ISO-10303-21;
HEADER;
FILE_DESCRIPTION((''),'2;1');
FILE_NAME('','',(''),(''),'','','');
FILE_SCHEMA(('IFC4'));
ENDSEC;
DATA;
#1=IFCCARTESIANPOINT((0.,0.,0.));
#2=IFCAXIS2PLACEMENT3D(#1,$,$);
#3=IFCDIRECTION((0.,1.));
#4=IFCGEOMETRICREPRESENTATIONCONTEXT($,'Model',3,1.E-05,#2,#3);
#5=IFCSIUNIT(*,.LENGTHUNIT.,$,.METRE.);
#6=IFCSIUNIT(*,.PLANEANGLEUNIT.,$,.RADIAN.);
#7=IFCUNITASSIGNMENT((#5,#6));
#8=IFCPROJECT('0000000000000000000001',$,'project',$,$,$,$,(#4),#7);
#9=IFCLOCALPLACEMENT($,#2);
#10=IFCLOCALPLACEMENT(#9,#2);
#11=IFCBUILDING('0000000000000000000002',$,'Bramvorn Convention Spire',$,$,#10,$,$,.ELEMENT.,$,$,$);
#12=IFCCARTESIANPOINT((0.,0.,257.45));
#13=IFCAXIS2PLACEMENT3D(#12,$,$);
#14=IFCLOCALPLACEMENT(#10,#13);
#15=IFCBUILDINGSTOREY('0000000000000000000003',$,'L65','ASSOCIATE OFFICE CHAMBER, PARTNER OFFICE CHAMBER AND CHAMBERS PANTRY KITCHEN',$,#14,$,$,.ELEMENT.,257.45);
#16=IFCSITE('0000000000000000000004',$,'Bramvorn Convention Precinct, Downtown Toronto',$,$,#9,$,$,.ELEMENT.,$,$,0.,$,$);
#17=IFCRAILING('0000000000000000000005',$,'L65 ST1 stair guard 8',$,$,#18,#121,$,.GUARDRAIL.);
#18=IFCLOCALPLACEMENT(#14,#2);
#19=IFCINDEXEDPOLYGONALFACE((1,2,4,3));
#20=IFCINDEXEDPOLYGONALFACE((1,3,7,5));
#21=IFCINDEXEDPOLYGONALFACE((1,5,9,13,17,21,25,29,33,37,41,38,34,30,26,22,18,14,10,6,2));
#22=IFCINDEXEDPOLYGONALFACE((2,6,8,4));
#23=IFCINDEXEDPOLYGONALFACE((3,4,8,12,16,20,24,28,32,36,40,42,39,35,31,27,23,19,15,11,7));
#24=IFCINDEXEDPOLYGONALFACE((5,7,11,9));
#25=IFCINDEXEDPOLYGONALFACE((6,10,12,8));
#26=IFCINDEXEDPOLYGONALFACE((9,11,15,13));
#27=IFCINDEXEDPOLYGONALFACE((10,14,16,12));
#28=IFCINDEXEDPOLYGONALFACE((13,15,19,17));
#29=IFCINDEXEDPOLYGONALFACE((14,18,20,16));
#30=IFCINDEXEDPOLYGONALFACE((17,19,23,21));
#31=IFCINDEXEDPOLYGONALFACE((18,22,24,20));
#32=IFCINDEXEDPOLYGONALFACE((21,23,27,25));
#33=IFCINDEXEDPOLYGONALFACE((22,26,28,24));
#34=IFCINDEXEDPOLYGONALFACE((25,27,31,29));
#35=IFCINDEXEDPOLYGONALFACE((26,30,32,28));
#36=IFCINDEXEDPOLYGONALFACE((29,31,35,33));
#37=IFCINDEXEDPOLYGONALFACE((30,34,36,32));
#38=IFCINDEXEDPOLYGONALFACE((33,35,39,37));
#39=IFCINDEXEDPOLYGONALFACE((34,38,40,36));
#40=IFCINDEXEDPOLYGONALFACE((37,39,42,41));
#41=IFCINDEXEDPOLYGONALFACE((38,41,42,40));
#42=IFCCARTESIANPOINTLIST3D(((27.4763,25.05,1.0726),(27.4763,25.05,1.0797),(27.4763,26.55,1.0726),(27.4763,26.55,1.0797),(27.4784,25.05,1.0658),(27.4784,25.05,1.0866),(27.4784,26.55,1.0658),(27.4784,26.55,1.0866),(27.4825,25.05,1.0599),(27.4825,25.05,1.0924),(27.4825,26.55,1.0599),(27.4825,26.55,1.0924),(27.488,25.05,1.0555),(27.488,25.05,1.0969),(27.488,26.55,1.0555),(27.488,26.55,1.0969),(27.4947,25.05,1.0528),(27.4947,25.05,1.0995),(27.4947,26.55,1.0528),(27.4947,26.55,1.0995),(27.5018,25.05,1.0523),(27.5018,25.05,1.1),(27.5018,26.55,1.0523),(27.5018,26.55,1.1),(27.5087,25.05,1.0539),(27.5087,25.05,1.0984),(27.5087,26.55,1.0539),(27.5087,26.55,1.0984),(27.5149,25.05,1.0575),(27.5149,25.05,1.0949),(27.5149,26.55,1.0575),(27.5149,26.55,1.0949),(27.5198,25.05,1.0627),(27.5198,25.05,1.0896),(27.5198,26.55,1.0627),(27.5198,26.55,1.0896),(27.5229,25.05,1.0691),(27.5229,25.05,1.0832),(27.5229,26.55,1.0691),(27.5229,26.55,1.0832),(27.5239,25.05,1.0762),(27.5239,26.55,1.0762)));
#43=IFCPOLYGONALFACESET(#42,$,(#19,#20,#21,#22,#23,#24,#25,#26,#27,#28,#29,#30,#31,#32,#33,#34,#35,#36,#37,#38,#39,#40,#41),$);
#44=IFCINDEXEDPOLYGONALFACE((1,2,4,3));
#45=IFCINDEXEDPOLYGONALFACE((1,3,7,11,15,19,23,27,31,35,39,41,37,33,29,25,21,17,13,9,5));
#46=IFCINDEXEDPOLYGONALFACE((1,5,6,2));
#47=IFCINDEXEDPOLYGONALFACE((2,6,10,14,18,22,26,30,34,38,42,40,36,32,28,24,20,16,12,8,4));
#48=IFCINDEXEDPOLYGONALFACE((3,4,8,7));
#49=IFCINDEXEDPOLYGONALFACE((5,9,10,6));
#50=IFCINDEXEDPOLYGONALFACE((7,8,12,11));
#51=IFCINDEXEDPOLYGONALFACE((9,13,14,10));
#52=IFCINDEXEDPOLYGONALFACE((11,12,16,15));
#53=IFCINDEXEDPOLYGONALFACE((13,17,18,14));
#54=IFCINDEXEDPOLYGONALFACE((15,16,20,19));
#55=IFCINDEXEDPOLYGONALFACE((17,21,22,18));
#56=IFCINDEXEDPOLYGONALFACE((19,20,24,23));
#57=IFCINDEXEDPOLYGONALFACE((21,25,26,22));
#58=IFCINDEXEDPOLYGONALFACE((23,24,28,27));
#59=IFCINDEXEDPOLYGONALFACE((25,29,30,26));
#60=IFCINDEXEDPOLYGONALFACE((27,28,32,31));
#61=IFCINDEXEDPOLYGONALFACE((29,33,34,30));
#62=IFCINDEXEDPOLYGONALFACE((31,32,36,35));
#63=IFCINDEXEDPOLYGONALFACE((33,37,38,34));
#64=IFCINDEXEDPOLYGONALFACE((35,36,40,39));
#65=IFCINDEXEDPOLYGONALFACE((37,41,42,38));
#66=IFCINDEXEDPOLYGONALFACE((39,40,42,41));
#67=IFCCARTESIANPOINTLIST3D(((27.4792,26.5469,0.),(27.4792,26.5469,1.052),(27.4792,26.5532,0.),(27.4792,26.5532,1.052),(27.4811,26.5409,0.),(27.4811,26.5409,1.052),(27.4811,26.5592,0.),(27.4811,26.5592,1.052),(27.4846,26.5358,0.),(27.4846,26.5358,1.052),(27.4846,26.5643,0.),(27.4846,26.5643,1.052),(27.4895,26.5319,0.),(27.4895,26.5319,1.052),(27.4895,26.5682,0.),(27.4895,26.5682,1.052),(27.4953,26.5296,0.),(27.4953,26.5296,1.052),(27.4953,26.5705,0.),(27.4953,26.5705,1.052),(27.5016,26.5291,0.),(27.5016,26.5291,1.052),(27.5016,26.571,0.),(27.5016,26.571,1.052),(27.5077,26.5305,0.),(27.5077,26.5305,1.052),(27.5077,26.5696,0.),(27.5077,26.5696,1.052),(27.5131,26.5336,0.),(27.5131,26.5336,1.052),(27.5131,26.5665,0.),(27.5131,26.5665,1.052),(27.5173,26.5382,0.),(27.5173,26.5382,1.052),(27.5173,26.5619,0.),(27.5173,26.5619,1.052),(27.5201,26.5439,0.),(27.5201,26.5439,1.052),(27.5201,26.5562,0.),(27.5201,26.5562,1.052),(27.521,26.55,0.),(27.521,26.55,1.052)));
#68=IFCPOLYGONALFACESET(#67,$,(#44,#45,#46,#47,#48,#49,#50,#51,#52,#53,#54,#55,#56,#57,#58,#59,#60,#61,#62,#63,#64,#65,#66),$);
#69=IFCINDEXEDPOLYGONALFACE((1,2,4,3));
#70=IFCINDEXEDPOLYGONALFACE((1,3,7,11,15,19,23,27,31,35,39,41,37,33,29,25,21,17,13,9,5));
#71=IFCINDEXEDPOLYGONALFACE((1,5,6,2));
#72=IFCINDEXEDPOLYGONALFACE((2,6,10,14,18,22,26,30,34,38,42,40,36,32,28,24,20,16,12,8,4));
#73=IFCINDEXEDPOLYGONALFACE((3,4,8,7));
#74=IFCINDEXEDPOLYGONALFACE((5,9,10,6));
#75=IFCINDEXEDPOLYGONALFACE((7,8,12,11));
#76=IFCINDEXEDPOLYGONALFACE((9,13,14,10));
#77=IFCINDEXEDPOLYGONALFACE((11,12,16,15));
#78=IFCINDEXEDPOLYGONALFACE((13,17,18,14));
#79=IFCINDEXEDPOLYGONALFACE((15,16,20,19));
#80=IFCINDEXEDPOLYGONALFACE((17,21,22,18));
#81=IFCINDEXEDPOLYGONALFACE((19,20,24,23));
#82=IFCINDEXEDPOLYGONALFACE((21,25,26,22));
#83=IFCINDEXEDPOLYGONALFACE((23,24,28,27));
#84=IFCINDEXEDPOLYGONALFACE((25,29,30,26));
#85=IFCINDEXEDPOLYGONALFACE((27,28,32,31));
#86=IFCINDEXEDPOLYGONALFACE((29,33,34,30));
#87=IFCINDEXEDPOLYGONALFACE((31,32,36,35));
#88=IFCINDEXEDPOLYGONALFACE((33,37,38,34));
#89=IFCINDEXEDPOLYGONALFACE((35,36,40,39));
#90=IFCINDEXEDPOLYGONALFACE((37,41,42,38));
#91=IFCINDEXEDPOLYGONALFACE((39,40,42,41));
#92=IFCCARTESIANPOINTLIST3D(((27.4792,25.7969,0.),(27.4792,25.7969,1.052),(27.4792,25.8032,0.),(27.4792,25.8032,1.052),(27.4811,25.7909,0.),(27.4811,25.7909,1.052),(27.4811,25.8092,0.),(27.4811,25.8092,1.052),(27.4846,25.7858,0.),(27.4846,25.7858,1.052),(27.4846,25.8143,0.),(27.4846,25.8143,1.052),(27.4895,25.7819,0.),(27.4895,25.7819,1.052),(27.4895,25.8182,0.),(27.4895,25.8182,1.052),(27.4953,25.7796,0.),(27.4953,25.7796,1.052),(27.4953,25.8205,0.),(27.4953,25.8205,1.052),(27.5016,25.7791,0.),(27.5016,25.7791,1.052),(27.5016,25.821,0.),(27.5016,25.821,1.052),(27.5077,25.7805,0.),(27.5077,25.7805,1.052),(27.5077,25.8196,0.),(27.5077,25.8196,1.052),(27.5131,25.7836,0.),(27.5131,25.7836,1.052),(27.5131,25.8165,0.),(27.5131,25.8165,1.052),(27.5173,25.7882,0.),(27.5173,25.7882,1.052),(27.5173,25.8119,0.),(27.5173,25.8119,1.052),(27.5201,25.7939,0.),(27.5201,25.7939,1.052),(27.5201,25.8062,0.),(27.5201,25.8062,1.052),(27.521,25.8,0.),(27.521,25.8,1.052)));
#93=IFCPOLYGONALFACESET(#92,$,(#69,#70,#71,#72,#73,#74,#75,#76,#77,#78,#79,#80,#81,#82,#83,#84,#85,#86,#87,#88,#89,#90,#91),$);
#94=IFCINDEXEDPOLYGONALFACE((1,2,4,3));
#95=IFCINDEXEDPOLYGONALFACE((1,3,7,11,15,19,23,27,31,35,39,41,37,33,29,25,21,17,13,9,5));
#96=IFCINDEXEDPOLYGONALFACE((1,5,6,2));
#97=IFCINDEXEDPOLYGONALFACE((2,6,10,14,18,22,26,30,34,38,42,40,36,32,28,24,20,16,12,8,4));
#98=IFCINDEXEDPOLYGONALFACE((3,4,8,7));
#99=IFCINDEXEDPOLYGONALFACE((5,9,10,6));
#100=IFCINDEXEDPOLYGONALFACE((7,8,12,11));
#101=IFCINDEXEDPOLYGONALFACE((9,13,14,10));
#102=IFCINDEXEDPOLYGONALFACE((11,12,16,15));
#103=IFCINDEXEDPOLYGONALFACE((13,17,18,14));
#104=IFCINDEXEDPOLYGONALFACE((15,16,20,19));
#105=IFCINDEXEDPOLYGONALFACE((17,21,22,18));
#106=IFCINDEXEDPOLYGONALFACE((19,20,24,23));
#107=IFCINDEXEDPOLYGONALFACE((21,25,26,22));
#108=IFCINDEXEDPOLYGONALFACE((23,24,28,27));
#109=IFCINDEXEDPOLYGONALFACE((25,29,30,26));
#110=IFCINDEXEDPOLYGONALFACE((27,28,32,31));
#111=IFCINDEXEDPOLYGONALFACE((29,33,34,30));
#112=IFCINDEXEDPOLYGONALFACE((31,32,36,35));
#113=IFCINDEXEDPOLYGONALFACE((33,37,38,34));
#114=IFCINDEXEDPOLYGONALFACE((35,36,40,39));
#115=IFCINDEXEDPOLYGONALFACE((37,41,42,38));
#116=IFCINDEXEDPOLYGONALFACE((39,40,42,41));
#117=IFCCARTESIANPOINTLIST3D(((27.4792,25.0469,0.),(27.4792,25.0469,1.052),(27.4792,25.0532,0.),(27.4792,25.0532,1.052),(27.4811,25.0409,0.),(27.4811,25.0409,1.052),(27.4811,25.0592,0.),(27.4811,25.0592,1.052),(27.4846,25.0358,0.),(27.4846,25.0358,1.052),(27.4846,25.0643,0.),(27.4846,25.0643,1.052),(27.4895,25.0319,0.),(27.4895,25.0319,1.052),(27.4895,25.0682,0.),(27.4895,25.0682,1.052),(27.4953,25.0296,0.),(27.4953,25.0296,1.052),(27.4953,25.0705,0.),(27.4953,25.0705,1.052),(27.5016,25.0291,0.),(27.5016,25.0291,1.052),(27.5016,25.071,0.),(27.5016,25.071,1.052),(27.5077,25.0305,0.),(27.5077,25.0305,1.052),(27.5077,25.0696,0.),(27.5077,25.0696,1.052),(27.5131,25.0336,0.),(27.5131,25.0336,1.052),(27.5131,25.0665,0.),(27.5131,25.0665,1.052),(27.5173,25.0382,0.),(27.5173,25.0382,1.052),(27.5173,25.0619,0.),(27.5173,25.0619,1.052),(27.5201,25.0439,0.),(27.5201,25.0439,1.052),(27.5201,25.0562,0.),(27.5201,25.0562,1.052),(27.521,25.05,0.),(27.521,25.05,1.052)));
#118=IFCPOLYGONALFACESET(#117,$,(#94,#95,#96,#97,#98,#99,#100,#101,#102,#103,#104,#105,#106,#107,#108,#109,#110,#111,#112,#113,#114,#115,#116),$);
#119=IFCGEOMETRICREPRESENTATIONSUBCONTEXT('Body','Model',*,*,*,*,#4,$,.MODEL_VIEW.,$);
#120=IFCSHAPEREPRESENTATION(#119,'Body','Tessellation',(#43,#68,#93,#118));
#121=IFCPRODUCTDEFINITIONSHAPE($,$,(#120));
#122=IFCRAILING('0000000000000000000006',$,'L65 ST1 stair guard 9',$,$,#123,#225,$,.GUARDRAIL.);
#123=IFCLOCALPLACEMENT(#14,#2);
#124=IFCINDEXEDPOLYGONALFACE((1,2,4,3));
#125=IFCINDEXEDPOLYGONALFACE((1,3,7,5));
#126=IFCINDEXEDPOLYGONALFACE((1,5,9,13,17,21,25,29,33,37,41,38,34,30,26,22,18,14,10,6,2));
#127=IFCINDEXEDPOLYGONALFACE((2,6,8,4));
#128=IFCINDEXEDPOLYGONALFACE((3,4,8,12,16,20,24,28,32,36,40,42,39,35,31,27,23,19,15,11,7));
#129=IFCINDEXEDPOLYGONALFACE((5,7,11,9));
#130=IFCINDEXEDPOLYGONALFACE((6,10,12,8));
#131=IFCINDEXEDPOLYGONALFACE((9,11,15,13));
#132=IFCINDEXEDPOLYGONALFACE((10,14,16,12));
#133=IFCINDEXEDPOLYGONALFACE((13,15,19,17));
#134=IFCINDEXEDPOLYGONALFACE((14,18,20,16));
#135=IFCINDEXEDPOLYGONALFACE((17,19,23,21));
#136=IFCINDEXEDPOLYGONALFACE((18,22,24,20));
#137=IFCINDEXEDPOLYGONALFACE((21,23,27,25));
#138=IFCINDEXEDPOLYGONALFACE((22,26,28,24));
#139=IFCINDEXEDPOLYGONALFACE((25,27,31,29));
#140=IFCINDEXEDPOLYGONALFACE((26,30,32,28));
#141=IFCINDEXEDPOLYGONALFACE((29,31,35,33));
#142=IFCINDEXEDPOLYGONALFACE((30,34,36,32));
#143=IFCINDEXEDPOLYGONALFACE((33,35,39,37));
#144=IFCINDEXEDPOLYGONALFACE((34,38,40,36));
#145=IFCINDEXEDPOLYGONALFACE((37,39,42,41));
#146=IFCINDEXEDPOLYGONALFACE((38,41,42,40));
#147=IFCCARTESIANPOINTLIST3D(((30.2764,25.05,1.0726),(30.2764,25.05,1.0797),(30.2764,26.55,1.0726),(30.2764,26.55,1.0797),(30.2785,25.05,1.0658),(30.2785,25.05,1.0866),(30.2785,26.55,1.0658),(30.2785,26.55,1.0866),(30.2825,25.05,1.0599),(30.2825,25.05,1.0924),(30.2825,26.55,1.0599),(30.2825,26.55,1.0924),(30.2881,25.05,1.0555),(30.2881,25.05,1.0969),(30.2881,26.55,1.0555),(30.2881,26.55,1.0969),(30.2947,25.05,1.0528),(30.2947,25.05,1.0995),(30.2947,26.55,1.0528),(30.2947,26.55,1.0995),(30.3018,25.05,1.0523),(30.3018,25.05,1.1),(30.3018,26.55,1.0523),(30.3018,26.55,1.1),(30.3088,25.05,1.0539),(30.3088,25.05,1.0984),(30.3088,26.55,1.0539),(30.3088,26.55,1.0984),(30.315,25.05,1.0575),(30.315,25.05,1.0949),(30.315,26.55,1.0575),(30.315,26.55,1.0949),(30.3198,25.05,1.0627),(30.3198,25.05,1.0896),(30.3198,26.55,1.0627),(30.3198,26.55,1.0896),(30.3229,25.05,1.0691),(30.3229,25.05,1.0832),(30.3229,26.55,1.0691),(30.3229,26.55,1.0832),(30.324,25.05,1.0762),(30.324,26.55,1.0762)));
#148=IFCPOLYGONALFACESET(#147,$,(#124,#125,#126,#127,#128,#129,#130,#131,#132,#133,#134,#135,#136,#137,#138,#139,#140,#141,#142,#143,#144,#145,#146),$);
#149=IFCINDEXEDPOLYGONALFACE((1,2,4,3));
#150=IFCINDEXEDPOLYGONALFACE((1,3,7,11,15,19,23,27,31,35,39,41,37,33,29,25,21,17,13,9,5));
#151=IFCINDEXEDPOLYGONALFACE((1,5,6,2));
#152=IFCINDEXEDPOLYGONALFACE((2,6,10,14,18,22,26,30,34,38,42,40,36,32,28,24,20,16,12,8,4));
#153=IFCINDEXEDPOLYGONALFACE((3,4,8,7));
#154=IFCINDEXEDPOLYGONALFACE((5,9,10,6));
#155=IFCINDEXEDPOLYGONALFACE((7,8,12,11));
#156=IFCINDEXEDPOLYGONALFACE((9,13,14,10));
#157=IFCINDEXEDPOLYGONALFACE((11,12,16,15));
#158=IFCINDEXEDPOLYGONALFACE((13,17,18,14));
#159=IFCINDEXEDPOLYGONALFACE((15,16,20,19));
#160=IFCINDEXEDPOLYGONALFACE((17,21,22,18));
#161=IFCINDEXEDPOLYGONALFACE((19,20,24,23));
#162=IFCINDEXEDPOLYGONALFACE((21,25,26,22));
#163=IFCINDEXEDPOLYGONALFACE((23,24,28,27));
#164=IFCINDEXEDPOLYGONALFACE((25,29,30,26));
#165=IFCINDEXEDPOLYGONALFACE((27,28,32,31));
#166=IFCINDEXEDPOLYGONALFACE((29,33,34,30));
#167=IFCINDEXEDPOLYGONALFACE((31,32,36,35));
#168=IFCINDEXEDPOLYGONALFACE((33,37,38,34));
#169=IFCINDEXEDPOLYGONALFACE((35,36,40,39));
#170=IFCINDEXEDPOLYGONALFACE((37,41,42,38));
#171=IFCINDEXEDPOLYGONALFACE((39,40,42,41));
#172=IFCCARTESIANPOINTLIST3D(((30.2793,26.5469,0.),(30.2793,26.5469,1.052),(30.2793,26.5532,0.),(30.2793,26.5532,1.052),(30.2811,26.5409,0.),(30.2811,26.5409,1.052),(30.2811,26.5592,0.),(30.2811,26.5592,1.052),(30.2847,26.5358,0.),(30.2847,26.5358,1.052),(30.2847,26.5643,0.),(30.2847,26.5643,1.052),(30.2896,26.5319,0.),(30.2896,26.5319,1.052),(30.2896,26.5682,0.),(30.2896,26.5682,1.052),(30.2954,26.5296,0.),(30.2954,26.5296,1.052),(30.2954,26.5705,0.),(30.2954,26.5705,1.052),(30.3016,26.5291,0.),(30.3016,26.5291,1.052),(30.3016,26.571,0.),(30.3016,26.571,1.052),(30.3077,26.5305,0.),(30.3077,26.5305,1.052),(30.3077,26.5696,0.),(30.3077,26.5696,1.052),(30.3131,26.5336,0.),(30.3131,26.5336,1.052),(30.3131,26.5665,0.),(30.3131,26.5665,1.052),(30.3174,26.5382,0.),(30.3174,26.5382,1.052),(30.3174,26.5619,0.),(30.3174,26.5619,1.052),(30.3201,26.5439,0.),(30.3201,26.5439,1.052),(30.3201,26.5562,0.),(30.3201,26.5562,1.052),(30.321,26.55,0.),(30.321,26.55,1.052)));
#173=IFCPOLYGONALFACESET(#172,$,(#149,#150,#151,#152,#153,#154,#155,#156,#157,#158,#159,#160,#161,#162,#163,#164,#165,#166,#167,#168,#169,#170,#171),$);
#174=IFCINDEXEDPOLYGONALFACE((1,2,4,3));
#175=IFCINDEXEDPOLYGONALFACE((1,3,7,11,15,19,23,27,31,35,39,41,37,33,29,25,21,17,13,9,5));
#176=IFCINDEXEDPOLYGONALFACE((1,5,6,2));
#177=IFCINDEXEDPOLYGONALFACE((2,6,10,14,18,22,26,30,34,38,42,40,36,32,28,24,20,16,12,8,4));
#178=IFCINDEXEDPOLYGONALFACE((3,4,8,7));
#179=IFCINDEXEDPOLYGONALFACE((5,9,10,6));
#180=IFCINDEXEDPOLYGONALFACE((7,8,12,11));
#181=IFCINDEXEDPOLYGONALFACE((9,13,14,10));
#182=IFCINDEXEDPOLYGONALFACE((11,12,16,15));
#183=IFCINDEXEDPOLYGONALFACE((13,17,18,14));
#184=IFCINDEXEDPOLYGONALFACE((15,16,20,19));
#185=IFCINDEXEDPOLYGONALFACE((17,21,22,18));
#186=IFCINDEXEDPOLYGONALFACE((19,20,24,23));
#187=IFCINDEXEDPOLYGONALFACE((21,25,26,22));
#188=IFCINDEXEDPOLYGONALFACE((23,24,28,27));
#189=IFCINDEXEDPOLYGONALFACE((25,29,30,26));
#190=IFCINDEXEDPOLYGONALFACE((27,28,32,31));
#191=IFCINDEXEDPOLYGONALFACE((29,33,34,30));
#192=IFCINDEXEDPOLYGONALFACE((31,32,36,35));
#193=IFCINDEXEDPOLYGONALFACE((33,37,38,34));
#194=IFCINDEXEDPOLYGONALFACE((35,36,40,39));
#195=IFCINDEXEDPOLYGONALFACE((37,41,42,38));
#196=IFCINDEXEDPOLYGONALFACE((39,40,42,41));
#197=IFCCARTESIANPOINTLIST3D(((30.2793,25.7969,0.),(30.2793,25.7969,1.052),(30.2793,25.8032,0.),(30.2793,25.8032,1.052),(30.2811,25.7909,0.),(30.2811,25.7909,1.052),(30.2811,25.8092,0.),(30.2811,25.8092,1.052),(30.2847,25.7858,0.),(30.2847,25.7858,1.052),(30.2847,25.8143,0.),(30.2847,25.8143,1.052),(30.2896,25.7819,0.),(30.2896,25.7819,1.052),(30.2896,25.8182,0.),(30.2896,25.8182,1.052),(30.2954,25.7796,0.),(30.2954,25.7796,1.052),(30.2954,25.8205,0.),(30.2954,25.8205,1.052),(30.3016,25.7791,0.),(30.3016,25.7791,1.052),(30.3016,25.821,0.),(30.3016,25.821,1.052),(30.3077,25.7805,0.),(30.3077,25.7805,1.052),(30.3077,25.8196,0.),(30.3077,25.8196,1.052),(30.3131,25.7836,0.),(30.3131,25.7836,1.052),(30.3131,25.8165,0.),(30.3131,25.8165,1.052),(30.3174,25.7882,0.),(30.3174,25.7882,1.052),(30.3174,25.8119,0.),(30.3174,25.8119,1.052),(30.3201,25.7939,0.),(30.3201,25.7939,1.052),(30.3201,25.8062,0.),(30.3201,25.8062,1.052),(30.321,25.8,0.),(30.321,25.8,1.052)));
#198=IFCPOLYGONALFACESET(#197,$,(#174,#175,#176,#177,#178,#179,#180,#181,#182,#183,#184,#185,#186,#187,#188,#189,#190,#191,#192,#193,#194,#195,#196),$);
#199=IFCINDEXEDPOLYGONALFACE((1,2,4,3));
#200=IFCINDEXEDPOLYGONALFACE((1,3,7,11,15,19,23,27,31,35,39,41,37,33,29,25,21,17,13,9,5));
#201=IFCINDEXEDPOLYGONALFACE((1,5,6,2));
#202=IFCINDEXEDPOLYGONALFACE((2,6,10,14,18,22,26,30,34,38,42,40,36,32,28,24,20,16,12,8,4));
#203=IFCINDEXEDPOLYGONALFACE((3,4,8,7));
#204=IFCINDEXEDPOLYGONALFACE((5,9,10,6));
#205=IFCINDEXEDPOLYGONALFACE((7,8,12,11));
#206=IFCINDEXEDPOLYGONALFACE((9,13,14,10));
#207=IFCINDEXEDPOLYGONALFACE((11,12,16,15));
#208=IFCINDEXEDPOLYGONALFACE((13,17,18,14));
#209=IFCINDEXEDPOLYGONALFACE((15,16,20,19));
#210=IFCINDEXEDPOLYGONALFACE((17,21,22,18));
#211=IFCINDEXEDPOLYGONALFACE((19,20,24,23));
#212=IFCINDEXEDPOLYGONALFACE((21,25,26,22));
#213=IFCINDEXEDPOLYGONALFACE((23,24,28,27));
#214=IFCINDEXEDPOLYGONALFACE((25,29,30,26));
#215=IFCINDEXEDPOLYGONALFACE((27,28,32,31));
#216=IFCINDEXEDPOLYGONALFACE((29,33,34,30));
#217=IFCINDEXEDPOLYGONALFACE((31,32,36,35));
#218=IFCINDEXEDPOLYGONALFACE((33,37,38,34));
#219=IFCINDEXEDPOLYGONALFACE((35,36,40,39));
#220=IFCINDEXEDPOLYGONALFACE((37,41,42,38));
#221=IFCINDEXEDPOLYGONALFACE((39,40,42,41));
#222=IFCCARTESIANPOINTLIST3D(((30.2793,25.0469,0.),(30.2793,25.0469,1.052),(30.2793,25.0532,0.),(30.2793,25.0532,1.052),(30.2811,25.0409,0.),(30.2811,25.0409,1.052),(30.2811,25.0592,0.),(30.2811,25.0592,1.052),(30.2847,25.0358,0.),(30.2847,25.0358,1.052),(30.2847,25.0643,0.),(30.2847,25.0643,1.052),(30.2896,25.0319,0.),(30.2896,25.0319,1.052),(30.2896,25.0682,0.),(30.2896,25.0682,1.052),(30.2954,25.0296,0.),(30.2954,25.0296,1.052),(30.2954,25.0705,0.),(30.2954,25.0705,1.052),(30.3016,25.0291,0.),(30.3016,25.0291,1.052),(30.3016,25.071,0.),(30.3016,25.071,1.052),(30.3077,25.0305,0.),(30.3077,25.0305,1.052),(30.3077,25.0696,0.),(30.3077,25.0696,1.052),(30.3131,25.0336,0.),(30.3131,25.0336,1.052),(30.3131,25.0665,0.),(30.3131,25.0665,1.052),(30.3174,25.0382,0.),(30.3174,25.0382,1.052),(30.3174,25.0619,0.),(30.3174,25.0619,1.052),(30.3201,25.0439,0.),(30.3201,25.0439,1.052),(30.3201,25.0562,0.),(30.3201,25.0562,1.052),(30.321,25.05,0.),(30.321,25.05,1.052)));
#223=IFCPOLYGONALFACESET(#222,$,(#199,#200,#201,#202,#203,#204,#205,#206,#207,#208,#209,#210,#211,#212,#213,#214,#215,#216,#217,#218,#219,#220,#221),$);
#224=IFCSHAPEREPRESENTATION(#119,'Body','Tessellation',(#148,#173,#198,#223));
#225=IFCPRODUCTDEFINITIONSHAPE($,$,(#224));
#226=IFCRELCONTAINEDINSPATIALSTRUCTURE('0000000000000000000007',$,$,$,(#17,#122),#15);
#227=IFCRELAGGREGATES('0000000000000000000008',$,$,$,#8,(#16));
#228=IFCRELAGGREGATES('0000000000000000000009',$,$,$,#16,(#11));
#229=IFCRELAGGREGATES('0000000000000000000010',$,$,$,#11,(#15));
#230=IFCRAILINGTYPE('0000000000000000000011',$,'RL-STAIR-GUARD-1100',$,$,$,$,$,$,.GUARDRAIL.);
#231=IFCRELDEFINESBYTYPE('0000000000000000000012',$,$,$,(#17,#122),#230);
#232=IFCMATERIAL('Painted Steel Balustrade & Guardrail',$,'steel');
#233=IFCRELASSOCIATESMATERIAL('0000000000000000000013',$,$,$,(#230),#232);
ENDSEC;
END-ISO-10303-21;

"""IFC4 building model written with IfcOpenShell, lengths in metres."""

from ifc_helpers import new_model, si_unit, direction, frame, origin, origin_2d, place, context, subcontext, project, spatial, circle, extrude, material, type_object, element, save


model = new_model("IFC4")

# Units and contexts
model_context = context("Model", 3, precision=1e-05, world=origin(), true_north=direction((0.0, 1.0)))
body_context = subcontext(model_context, "Body", "Model", "MODEL_VIEW")
ifc_project = project(units=[si_unit("LENGTHUNIT", "METRE"), si_unit("PLANEANGLEUNIT", "RADIAN")], contexts=[model_context])

# Site, building, storey
site_placement = place(None, origin())
site = spatial("IfcSite", under=ifc_project, at=site_placement, Name="Bramvorn Convention Precinct, Downtown Toronto", CompositionType="ELEMENT", RefElevation=0.0)
building_placement = place(site_placement, origin())
building = spatial("IfcBuilding", under=site, at=building_placement, Name="Bramvorn Convention Spire", CompositionType="ELEMENT")
storey_placement = place(building_placement, frame((0.0, 0.0, 257.45)))
storey = spatial("IfcBuildingStorey", under=building, at=storey_placement, Name="L65", Description="ASSOCIATE OFFICE CHAMBER, PARTNER OFFICE CHAMBER AND CHAMBERS PANTRY KITCHEN", CompositionType="ELEMENT", Elevation=257.45)

# Railings
ifc_material_1 = material(Name="Painted Steel Balustrade & Guardrail", Category="steel")
railing_type = type_object("IfcRailingType", Name="RL-STAIR-GUARD-1100", PredefinedType="GUARDRAIL", material=ifc_material_1)
for number, where, name in (
    (1, (27.5, 26.55, 0.0), "L65 ST1 stair guard 8"),
    (2, (30.3, 26.55, 0.0), "L65 ST1 stair guard 9"),
):
    element("IfcRailing", number, at=place(storey_placement, frame(where)), inside=storey, type_object=railing_type, Name=name, PredefinedType="GUARDRAIL", context=body_context, shape_type="SweptSolid", body=[
        extrude(circle(Radius=0.0239, at=origin_2d()), frame((0.0, 0.0, 1.0762), z_axis=(0.0, -1.0, 0.0), x_axis=(1.0, 0.0, 0.0)), (0.0, 0.0, 1.0), 1.5),
        extrude(circle(Radius=0.021, at=origin_2d()), origin(), (0.0, 0.0, 1.0), 1.052),
        extrude(circle(Radius=0.021, at=origin_2d()), frame((0.0, -0.75, 0.0)), (0.0, 0.0, 1.0), 1.052),
        extrude(circle(Radius=0.021, at=origin_2d()), frame((0.0, -1.5, 0.0)), (0.0, 0.0, 1.0), 1.052),
    ])

save(model, "model.ifc")
